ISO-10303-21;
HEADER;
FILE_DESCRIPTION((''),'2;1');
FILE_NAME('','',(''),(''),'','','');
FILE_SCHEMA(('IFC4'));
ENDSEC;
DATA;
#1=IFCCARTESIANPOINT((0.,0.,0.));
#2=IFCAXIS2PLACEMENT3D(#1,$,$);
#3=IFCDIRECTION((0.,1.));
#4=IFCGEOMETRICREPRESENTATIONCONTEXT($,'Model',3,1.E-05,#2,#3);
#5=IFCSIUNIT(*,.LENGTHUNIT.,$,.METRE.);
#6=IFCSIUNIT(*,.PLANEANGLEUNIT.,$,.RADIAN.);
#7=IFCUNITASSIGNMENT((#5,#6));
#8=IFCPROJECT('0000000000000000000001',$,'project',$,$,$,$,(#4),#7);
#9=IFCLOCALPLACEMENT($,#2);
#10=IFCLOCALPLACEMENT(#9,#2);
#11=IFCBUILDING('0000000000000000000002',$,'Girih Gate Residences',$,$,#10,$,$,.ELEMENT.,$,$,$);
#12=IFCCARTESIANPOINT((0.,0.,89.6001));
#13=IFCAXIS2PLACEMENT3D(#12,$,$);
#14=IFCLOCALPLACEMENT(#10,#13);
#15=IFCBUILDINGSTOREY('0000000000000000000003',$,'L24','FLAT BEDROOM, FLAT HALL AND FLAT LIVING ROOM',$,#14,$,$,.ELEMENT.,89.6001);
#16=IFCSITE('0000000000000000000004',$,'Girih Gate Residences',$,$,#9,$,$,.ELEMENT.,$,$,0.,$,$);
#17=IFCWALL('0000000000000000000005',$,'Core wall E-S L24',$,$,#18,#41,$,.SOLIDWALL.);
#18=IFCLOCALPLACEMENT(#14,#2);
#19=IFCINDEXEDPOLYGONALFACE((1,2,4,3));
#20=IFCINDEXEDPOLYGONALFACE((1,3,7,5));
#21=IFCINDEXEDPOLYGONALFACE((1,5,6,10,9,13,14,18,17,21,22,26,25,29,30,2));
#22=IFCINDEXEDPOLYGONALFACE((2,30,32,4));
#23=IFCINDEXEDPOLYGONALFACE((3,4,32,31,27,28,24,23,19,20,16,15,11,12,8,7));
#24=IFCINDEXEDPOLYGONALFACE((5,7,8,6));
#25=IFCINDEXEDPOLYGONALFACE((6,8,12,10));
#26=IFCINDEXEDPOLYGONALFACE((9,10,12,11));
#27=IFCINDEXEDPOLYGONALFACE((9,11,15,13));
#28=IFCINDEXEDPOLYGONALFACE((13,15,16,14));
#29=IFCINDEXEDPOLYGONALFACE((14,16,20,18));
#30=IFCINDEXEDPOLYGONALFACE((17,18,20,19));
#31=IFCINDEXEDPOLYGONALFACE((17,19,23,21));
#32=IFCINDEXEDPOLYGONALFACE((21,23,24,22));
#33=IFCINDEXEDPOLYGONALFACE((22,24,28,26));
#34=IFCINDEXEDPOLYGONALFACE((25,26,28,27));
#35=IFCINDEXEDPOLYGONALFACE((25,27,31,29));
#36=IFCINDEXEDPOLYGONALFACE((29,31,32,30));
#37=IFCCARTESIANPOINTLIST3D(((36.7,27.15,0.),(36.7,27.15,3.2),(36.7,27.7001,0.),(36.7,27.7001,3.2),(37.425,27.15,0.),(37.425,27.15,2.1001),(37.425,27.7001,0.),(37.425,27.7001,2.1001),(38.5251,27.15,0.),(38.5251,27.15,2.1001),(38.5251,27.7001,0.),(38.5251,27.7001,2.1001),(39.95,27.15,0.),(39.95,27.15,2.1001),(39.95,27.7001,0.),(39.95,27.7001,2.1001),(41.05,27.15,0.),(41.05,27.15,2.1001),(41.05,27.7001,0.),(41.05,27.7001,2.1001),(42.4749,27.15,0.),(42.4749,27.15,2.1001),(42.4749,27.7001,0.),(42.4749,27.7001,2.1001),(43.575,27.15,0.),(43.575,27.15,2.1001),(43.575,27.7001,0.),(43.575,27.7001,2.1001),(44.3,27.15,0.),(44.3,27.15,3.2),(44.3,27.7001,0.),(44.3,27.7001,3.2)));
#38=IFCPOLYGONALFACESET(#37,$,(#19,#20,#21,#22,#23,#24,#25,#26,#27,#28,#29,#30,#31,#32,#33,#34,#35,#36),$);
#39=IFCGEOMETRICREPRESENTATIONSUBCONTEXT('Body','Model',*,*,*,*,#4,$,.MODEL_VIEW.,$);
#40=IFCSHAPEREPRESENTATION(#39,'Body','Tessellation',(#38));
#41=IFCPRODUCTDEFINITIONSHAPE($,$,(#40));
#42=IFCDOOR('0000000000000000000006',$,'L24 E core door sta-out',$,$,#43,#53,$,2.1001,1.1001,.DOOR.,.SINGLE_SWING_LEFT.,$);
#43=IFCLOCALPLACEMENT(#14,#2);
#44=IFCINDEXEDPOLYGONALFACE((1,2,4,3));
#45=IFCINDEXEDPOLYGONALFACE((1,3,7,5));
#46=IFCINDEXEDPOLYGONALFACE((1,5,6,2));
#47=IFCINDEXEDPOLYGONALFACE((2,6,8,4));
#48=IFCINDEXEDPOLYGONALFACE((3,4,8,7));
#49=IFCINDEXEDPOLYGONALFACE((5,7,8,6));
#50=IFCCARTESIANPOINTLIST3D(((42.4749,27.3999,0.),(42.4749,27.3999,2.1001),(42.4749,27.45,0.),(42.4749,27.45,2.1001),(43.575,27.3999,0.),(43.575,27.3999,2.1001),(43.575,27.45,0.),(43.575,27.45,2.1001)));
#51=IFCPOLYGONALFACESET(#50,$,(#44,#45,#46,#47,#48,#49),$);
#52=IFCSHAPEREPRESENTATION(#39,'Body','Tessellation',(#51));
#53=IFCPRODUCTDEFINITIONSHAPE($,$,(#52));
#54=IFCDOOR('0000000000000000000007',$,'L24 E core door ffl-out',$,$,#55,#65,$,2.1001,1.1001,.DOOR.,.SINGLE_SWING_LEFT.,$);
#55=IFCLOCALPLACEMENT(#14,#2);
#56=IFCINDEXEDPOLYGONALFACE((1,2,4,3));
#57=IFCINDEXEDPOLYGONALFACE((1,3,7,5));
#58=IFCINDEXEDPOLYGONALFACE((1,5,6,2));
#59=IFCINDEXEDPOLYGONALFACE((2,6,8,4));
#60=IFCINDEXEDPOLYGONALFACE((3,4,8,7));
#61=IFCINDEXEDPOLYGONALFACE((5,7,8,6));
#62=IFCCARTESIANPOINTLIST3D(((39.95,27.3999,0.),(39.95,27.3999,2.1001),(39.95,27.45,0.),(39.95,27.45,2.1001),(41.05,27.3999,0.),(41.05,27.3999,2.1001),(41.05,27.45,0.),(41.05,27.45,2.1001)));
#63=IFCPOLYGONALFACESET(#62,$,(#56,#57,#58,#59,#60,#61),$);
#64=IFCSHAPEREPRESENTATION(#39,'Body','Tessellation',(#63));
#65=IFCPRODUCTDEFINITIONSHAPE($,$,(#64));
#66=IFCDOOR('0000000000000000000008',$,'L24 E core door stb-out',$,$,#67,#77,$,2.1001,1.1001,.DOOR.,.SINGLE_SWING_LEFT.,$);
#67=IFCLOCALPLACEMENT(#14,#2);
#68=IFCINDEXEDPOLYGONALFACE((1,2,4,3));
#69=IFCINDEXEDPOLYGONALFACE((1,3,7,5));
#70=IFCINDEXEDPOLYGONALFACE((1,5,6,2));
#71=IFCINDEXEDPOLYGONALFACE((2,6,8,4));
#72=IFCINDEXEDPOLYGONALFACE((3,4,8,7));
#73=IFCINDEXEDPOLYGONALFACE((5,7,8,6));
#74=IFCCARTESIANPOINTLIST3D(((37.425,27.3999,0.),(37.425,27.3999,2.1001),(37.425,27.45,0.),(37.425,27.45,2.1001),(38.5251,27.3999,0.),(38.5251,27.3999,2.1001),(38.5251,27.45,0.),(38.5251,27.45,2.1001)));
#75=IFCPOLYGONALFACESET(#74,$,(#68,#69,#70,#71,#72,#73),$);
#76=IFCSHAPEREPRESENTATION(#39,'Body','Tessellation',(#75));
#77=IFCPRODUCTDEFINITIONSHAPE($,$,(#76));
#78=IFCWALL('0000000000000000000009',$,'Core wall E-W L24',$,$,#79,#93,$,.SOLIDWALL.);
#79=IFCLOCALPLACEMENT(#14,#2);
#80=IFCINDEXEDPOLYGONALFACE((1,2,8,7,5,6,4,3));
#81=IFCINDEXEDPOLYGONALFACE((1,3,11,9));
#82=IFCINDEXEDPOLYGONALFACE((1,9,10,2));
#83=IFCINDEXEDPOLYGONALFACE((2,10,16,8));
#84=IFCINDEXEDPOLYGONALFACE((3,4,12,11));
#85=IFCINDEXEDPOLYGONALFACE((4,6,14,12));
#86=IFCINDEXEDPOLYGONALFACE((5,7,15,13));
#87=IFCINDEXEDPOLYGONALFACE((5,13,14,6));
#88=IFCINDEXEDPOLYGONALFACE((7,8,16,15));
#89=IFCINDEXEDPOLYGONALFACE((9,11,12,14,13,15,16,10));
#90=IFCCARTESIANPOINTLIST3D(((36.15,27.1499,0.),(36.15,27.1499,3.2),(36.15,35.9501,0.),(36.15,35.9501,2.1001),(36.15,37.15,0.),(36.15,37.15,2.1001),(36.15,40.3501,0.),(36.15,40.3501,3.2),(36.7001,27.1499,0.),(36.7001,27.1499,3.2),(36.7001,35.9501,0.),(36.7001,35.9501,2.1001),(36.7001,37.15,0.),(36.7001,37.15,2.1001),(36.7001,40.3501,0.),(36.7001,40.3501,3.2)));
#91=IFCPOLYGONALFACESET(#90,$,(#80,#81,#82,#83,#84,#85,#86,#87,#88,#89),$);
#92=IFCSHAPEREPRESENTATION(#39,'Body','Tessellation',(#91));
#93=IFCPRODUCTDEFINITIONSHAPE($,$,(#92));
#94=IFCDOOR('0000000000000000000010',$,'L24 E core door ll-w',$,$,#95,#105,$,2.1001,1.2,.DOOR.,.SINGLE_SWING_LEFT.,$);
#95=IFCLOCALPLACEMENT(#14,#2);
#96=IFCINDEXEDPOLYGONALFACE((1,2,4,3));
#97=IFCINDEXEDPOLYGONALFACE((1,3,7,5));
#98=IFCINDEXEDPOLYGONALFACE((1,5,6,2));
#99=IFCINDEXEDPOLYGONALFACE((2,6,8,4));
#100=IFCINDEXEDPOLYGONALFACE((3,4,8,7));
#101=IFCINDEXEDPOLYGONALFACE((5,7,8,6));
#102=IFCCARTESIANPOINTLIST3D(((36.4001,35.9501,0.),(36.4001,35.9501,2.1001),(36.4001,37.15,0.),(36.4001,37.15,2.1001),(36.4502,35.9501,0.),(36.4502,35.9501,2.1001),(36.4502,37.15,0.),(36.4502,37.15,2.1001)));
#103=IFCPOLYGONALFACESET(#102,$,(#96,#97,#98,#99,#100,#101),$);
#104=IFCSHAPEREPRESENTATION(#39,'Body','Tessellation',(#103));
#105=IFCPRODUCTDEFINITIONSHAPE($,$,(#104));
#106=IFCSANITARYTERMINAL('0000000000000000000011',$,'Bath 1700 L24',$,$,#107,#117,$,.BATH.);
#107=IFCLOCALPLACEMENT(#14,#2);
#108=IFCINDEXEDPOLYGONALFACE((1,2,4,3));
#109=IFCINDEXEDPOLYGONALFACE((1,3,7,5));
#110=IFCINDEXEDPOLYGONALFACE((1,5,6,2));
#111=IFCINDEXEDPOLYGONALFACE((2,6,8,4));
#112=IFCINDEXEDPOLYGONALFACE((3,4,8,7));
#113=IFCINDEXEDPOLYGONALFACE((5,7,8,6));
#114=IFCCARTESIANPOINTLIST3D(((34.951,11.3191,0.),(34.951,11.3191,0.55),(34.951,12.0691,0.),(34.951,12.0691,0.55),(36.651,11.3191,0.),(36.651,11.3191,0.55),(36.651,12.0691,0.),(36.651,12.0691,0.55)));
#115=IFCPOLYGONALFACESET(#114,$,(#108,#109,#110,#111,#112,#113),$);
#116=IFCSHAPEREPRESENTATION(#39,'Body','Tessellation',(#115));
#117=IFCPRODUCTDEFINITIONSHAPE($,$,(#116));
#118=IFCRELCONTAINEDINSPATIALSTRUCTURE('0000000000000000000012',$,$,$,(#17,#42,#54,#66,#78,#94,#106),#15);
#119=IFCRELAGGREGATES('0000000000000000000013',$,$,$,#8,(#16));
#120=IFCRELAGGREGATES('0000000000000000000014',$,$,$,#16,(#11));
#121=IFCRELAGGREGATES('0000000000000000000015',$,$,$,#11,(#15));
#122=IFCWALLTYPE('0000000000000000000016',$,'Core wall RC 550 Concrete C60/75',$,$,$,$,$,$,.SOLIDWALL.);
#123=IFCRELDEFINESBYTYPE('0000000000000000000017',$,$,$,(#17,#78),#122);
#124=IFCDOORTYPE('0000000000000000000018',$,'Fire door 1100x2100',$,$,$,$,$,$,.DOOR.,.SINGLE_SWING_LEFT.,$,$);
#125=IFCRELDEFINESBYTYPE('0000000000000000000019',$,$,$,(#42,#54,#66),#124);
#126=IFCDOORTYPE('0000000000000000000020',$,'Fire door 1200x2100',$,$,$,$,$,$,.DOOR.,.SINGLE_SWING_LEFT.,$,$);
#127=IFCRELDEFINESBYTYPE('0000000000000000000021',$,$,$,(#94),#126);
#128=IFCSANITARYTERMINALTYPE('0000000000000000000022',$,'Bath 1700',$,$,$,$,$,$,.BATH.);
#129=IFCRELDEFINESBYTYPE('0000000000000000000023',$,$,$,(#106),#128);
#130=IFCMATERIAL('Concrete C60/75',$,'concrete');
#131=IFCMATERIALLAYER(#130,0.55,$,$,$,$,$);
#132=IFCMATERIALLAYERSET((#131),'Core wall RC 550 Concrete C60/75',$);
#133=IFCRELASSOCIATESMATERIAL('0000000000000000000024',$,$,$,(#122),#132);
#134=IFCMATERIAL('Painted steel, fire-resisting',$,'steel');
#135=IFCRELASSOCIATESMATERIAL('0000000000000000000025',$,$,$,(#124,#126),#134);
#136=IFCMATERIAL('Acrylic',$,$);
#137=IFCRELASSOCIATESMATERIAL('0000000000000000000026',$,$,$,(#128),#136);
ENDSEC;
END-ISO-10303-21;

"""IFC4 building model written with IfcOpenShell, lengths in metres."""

from ifc_helpers import new_model, si_unit, direction, frame, frame_2d, origin, origin_2d, place, context, subcontext, project, spatial, rectangle, extrude, material, layer, layer_set, type_object, element, fill, save


model = new_model("IFC4")

# Units and contexts
model_context = context("Model", 3, precision=1e-05, world=origin(), true_north=direction((0.0, 1.0)))
body_context = subcontext(model_context, "Body", "Model", "MODEL_VIEW")
ifc_project = project(units=[si_unit("LENGTHUNIT", "METRE"), si_unit("PLANEANGLEUNIT", "RADIAN")], contexts=[model_context])

# Site, building, storey
site_placement = place(None, origin())
site = spatial("IfcSite", under=ifc_project, at=site_placement, Name="Girih Gate Residences", CompositionType="ELEMENT", RefElevation=0.0)
building_placement = place(site_placement, origin())
building = spatial("IfcBuilding", under=site, at=building_placement, Name="Girih Gate Residences", CompositionType="ELEMENT")
storey_placement = place(building_placement, frame((0.0, 0.0, 89.6001)))
storey = spatial("IfcBuildingStorey", under=building, at=storey_placement, Name="L24", Description="FLAT BEDROOM, FLAT HALL AND FLAT LIVING ROOM", CompositionType="ELEMENT", Elevation=89.6001)

# Shared definitions
ifc_material_1 = material(Name="Concrete C60/75", Category="concrete")

# Wall, openings, doors
ifc_layer_1 = layer(ifc_material_1, 0.55)
ifc_layer_set_1 = layer_set([ifc_layer_1], Name="Core wall RC 550 Concrete C60/75")
wall_type_1 = type_object("IfcWallType", Name="Core wall RC 550 Concrete C60/75", PredefinedType="SOLIDWALL", material=ifc_layer_set_1)
wall_1_placement = place(storey_placement, frame((36.7, 27.425, 0.0), z_axis=(0.0, 0.0, 1.0), x_axis=(1.0, 0.0, 0.0)))
wall_1 = element("IfcWall", 1, at=wall_1_placement, inside=storey, type_object=wall_type_1, Name="Core wall E-S L24", PredefinedType="SOLIDWALL", context=body_context, shape_type="SweptSolid", body=[
    extrude(rectangle(XDim=7.6001, YDim=0.55, at=frame_2d((3.8, 0.0))), origin(), (0.0, 0.0, 1.0), 3.2),
])
opening_1_placement = place(wall_1_placement, frame((5.7749, 0.0, 0.0)))
opening_1 = element("IfcOpeningElement", 2, at=opening_1_placement, cuts=wall_1, PredefinedType="OPENING", context=body_context, shape_type="SweptSolid", body=[
    extrude(rectangle(XDim=1.1001, YDim=2.1001, at=frame_2d((0.55, 1.05))), frame((0.0, 0.2849, 0.0), z_axis=(0.0, -1.0, 0.0), x_axis=(1.0, 0.0, 0.0)), (0.0, 0.0, 1.0), 0.5701),
])
opening_2_placement = place(wall_1_placement, frame((3.25, 0.0, 0.0)))
opening_2 = element("IfcOpeningElement", 3, at=opening_2_placement, cuts=wall_1, PredefinedType="OPENING", context=body_context, shape_type="SweptSolid", body=[
    extrude(rectangle(XDim=1.1001, YDim=2.1001, at=frame_2d((0.55, 1.05))), frame((0.0, 0.2849, 0.0), z_axis=(0.0, -1.0, 0.0), x_axis=(1.0, 0.0, 0.0)), (0.0, 0.0, 1.0), 0.5701),
])
opening_3_placement = place(wall_1_placement, frame((0.7251, 0.0, 0.0)))
opening_3 = element("IfcOpeningElement", 4, at=opening_3_placement, cuts=wall_1, PredefinedType="OPENING", context=body_context, shape_type="SweptSolid", body=[
    extrude(rectangle(XDim=1.1001, YDim=2.1001, at=frame_2d((0.55, 1.05))), frame((0.0, 0.2849, 0.0), z_axis=(0.0, -1.0, 0.0), x_axis=(1.0, 0.0, 0.0)), (0.0, 0.0, 1.0), 0.5701),
])
ifc_material_2 = material(Name="Painted steel, fire-resisting", Category="steel")
door_type_1 = type_object("IfcDoorType", Name="Fire door 1100x2100", OperationType="SINGLE_SWING_LEFT", PredefinedType="DOOR", material=ifc_material_2)
door_1_placement = place(opening_1_placement, origin())
door_1 = element("IfcDoor", 5, at=door_1_placement, inside=storey, type_object=door_type_1, Name="L24 E core door sta-out", OperationType="SINGLE_SWING_LEFT", OverallHeight=2.1001, OverallWidth=1.1001, PredefinedType="DOOR", context=body_context, shape_type="SweptSolid", body=[
    extrude(rectangle(XDim=1.1001, YDim=2.1001, at=frame_2d((0.55, 1.05))), frame((0.0, 0.0249, 0.0), z_axis=(0.0, -1.0, 0.0), x_axis=(1.0, 0.0, 0.0)), (0.0, 0.0, 1.0), 0.05),
])
fill(opening_1, door_1)
door_2_placement = place(opening_2_placement, origin())
door_2 = element("IfcDoor", 6, at=door_2_placement, inside=storey, type_object=door_type_1, Name="L24 E core door ffl-out", OperationType="SINGLE_SWING_LEFT", OverallHeight=2.1001, OverallWidth=1.1001, PredefinedType="DOOR", context=body_context, shape_type="SweptSolid", body=[
    extrude(rectangle(XDim=1.1001, YDim=2.1001, at=frame_2d((0.55, 1.05))), frame((0.0, 0.0249, 0.0), z_axis=(0.0, -1.0, 0.0), x_axis=(1.0, 0.0, 0.0)), (0.0, 0.0, 1.0), 0.05),
])
fill(opening_2, door_2)
door_3_placement = place(opening_3_placement, origin())
door_3 = element("IfcDoor", 7, at=door_3_placement, inside=storey, type_object=door_type_1, Name="L24 E core door stb-out", OperationType="SINGLE_SWING_LEFT", OverallHeight=2.1001, OverallWidth=1.1001, PredefinedType="DOOR", context=body_context, shape_type="SweptSolid", body=[
    extrude(rectangle(XDim=1.1001, YDim=2.1001, at=frame_2d((0.55, 1.05))), frame((0.0, 0.0249, 0.0), z_axis=(0.0, -1.0, 0.0), x_axis=(1.0, 0.0, 0.0)), (0.0, 0.0, 1.0), 0.05),
])
fill(opening_3, door_3)

# Wall, opening, door
wall_2_placement = place(storey_placement, frame((36.425, 27.1499, 0.0), z_axis=(0.0, 0.0, 1.0), x_axis=(0.0, 1.0, 0.0)))
wall_2 = element("IfcWall", 8, at=wall_2_placement, inside=storey, type_object=wall_type_1, Name="Core wall E-W L24", PredefinedType="SOLIDWALL", context=body_context, shape_type="SweptSolid", body=[
    extrude(rectangle(XDim=13.2002, YDim=0.55, at=frame_2d((6.6001, 0.0))), origin(), (0.0, 0.0, 1.0), 3.2),
])
opening_4_placement = place(wall_2_placement, frame((8.8, 0.0, 0.0)))
opening_4 = element("IfcOpeningElement", 9, at=opening_4_placement, cuts=wall_2, PredefinedType="OPENING", context=body_context, shape_type="SweptSolid", body=[
    extrude(rectangle(XDim=1.2, YDim=2.1001, at=frame_2d((0.6001, 1.05))), frame((0.0, 0.2849, 0.0), z_axis=(0.0, -1.0, 0.0), x_axis=(1.0, 0.0, 0.0)), (0.0, 0.0, 1.0), 0.5701),
])
door_type_2 = type_object("IfcDoorType", Name="Fire door 1200x2100", OperationType="SINGLE_SWING_LEFT", PredefinedType="DOOR", material=ifc_material_2)
door_4_placement = place(opening_4_placement, origin())
door_4 = element("IfcDoor", 10, at=door_4_placement, inside=storey, type_object=door_type_2, Name="L24 E core door ll-w", OperationType="SINGLE_SWING_LEFT", OverallHeight=2.1001, OverallWidth=1.2, PredefinedType="DOOR", context=body_context, shape_type="SweptSolid", body=[
    extrude(rectangle(XDim=1.2, YDim=2.1001, at=frame_2d((0.6001, 1.05))), frame((0.0, 0.0249, 0.0), z_axis=(0.0, -1.0, 0.0), x_axis=(1.0, 0.0, 0.0)), (0.0, 0.0, 1.0), 0.05),
])
fill(opening_4, door_4)

# Sanitary terminal
ifc_material_3 = material(Name="Acrylic")
sanitary_terminal_type = type_object("IfcSanitaryTerminalType", Name="Bath 1700", PredefinedType="BATH", material=ifc_material_3)
sanitary_terminal_placement = place(storey_placement, frame((35.801, 11.6941, 0.0), z_axis=(0.0, 0.0, 1.0), x_axis=(1.0, 0.0, 0.0)))
element("IfcSanitaryTerminal", 11, at=sanitary_terminal_placement, inside=storey, type_object=sanitary_terminal_type, Name="Bath 1700 L24", PredefinedType="BATH", context=body_context, shape_type="SweptSolid", body=[
    extrude(rectangle(XDim=1.7, YDim=0.75, at=origin_2d()), origin(), (0.0, 0.0, 1.0), 0.55),
])

save(model, "model.ifc")
